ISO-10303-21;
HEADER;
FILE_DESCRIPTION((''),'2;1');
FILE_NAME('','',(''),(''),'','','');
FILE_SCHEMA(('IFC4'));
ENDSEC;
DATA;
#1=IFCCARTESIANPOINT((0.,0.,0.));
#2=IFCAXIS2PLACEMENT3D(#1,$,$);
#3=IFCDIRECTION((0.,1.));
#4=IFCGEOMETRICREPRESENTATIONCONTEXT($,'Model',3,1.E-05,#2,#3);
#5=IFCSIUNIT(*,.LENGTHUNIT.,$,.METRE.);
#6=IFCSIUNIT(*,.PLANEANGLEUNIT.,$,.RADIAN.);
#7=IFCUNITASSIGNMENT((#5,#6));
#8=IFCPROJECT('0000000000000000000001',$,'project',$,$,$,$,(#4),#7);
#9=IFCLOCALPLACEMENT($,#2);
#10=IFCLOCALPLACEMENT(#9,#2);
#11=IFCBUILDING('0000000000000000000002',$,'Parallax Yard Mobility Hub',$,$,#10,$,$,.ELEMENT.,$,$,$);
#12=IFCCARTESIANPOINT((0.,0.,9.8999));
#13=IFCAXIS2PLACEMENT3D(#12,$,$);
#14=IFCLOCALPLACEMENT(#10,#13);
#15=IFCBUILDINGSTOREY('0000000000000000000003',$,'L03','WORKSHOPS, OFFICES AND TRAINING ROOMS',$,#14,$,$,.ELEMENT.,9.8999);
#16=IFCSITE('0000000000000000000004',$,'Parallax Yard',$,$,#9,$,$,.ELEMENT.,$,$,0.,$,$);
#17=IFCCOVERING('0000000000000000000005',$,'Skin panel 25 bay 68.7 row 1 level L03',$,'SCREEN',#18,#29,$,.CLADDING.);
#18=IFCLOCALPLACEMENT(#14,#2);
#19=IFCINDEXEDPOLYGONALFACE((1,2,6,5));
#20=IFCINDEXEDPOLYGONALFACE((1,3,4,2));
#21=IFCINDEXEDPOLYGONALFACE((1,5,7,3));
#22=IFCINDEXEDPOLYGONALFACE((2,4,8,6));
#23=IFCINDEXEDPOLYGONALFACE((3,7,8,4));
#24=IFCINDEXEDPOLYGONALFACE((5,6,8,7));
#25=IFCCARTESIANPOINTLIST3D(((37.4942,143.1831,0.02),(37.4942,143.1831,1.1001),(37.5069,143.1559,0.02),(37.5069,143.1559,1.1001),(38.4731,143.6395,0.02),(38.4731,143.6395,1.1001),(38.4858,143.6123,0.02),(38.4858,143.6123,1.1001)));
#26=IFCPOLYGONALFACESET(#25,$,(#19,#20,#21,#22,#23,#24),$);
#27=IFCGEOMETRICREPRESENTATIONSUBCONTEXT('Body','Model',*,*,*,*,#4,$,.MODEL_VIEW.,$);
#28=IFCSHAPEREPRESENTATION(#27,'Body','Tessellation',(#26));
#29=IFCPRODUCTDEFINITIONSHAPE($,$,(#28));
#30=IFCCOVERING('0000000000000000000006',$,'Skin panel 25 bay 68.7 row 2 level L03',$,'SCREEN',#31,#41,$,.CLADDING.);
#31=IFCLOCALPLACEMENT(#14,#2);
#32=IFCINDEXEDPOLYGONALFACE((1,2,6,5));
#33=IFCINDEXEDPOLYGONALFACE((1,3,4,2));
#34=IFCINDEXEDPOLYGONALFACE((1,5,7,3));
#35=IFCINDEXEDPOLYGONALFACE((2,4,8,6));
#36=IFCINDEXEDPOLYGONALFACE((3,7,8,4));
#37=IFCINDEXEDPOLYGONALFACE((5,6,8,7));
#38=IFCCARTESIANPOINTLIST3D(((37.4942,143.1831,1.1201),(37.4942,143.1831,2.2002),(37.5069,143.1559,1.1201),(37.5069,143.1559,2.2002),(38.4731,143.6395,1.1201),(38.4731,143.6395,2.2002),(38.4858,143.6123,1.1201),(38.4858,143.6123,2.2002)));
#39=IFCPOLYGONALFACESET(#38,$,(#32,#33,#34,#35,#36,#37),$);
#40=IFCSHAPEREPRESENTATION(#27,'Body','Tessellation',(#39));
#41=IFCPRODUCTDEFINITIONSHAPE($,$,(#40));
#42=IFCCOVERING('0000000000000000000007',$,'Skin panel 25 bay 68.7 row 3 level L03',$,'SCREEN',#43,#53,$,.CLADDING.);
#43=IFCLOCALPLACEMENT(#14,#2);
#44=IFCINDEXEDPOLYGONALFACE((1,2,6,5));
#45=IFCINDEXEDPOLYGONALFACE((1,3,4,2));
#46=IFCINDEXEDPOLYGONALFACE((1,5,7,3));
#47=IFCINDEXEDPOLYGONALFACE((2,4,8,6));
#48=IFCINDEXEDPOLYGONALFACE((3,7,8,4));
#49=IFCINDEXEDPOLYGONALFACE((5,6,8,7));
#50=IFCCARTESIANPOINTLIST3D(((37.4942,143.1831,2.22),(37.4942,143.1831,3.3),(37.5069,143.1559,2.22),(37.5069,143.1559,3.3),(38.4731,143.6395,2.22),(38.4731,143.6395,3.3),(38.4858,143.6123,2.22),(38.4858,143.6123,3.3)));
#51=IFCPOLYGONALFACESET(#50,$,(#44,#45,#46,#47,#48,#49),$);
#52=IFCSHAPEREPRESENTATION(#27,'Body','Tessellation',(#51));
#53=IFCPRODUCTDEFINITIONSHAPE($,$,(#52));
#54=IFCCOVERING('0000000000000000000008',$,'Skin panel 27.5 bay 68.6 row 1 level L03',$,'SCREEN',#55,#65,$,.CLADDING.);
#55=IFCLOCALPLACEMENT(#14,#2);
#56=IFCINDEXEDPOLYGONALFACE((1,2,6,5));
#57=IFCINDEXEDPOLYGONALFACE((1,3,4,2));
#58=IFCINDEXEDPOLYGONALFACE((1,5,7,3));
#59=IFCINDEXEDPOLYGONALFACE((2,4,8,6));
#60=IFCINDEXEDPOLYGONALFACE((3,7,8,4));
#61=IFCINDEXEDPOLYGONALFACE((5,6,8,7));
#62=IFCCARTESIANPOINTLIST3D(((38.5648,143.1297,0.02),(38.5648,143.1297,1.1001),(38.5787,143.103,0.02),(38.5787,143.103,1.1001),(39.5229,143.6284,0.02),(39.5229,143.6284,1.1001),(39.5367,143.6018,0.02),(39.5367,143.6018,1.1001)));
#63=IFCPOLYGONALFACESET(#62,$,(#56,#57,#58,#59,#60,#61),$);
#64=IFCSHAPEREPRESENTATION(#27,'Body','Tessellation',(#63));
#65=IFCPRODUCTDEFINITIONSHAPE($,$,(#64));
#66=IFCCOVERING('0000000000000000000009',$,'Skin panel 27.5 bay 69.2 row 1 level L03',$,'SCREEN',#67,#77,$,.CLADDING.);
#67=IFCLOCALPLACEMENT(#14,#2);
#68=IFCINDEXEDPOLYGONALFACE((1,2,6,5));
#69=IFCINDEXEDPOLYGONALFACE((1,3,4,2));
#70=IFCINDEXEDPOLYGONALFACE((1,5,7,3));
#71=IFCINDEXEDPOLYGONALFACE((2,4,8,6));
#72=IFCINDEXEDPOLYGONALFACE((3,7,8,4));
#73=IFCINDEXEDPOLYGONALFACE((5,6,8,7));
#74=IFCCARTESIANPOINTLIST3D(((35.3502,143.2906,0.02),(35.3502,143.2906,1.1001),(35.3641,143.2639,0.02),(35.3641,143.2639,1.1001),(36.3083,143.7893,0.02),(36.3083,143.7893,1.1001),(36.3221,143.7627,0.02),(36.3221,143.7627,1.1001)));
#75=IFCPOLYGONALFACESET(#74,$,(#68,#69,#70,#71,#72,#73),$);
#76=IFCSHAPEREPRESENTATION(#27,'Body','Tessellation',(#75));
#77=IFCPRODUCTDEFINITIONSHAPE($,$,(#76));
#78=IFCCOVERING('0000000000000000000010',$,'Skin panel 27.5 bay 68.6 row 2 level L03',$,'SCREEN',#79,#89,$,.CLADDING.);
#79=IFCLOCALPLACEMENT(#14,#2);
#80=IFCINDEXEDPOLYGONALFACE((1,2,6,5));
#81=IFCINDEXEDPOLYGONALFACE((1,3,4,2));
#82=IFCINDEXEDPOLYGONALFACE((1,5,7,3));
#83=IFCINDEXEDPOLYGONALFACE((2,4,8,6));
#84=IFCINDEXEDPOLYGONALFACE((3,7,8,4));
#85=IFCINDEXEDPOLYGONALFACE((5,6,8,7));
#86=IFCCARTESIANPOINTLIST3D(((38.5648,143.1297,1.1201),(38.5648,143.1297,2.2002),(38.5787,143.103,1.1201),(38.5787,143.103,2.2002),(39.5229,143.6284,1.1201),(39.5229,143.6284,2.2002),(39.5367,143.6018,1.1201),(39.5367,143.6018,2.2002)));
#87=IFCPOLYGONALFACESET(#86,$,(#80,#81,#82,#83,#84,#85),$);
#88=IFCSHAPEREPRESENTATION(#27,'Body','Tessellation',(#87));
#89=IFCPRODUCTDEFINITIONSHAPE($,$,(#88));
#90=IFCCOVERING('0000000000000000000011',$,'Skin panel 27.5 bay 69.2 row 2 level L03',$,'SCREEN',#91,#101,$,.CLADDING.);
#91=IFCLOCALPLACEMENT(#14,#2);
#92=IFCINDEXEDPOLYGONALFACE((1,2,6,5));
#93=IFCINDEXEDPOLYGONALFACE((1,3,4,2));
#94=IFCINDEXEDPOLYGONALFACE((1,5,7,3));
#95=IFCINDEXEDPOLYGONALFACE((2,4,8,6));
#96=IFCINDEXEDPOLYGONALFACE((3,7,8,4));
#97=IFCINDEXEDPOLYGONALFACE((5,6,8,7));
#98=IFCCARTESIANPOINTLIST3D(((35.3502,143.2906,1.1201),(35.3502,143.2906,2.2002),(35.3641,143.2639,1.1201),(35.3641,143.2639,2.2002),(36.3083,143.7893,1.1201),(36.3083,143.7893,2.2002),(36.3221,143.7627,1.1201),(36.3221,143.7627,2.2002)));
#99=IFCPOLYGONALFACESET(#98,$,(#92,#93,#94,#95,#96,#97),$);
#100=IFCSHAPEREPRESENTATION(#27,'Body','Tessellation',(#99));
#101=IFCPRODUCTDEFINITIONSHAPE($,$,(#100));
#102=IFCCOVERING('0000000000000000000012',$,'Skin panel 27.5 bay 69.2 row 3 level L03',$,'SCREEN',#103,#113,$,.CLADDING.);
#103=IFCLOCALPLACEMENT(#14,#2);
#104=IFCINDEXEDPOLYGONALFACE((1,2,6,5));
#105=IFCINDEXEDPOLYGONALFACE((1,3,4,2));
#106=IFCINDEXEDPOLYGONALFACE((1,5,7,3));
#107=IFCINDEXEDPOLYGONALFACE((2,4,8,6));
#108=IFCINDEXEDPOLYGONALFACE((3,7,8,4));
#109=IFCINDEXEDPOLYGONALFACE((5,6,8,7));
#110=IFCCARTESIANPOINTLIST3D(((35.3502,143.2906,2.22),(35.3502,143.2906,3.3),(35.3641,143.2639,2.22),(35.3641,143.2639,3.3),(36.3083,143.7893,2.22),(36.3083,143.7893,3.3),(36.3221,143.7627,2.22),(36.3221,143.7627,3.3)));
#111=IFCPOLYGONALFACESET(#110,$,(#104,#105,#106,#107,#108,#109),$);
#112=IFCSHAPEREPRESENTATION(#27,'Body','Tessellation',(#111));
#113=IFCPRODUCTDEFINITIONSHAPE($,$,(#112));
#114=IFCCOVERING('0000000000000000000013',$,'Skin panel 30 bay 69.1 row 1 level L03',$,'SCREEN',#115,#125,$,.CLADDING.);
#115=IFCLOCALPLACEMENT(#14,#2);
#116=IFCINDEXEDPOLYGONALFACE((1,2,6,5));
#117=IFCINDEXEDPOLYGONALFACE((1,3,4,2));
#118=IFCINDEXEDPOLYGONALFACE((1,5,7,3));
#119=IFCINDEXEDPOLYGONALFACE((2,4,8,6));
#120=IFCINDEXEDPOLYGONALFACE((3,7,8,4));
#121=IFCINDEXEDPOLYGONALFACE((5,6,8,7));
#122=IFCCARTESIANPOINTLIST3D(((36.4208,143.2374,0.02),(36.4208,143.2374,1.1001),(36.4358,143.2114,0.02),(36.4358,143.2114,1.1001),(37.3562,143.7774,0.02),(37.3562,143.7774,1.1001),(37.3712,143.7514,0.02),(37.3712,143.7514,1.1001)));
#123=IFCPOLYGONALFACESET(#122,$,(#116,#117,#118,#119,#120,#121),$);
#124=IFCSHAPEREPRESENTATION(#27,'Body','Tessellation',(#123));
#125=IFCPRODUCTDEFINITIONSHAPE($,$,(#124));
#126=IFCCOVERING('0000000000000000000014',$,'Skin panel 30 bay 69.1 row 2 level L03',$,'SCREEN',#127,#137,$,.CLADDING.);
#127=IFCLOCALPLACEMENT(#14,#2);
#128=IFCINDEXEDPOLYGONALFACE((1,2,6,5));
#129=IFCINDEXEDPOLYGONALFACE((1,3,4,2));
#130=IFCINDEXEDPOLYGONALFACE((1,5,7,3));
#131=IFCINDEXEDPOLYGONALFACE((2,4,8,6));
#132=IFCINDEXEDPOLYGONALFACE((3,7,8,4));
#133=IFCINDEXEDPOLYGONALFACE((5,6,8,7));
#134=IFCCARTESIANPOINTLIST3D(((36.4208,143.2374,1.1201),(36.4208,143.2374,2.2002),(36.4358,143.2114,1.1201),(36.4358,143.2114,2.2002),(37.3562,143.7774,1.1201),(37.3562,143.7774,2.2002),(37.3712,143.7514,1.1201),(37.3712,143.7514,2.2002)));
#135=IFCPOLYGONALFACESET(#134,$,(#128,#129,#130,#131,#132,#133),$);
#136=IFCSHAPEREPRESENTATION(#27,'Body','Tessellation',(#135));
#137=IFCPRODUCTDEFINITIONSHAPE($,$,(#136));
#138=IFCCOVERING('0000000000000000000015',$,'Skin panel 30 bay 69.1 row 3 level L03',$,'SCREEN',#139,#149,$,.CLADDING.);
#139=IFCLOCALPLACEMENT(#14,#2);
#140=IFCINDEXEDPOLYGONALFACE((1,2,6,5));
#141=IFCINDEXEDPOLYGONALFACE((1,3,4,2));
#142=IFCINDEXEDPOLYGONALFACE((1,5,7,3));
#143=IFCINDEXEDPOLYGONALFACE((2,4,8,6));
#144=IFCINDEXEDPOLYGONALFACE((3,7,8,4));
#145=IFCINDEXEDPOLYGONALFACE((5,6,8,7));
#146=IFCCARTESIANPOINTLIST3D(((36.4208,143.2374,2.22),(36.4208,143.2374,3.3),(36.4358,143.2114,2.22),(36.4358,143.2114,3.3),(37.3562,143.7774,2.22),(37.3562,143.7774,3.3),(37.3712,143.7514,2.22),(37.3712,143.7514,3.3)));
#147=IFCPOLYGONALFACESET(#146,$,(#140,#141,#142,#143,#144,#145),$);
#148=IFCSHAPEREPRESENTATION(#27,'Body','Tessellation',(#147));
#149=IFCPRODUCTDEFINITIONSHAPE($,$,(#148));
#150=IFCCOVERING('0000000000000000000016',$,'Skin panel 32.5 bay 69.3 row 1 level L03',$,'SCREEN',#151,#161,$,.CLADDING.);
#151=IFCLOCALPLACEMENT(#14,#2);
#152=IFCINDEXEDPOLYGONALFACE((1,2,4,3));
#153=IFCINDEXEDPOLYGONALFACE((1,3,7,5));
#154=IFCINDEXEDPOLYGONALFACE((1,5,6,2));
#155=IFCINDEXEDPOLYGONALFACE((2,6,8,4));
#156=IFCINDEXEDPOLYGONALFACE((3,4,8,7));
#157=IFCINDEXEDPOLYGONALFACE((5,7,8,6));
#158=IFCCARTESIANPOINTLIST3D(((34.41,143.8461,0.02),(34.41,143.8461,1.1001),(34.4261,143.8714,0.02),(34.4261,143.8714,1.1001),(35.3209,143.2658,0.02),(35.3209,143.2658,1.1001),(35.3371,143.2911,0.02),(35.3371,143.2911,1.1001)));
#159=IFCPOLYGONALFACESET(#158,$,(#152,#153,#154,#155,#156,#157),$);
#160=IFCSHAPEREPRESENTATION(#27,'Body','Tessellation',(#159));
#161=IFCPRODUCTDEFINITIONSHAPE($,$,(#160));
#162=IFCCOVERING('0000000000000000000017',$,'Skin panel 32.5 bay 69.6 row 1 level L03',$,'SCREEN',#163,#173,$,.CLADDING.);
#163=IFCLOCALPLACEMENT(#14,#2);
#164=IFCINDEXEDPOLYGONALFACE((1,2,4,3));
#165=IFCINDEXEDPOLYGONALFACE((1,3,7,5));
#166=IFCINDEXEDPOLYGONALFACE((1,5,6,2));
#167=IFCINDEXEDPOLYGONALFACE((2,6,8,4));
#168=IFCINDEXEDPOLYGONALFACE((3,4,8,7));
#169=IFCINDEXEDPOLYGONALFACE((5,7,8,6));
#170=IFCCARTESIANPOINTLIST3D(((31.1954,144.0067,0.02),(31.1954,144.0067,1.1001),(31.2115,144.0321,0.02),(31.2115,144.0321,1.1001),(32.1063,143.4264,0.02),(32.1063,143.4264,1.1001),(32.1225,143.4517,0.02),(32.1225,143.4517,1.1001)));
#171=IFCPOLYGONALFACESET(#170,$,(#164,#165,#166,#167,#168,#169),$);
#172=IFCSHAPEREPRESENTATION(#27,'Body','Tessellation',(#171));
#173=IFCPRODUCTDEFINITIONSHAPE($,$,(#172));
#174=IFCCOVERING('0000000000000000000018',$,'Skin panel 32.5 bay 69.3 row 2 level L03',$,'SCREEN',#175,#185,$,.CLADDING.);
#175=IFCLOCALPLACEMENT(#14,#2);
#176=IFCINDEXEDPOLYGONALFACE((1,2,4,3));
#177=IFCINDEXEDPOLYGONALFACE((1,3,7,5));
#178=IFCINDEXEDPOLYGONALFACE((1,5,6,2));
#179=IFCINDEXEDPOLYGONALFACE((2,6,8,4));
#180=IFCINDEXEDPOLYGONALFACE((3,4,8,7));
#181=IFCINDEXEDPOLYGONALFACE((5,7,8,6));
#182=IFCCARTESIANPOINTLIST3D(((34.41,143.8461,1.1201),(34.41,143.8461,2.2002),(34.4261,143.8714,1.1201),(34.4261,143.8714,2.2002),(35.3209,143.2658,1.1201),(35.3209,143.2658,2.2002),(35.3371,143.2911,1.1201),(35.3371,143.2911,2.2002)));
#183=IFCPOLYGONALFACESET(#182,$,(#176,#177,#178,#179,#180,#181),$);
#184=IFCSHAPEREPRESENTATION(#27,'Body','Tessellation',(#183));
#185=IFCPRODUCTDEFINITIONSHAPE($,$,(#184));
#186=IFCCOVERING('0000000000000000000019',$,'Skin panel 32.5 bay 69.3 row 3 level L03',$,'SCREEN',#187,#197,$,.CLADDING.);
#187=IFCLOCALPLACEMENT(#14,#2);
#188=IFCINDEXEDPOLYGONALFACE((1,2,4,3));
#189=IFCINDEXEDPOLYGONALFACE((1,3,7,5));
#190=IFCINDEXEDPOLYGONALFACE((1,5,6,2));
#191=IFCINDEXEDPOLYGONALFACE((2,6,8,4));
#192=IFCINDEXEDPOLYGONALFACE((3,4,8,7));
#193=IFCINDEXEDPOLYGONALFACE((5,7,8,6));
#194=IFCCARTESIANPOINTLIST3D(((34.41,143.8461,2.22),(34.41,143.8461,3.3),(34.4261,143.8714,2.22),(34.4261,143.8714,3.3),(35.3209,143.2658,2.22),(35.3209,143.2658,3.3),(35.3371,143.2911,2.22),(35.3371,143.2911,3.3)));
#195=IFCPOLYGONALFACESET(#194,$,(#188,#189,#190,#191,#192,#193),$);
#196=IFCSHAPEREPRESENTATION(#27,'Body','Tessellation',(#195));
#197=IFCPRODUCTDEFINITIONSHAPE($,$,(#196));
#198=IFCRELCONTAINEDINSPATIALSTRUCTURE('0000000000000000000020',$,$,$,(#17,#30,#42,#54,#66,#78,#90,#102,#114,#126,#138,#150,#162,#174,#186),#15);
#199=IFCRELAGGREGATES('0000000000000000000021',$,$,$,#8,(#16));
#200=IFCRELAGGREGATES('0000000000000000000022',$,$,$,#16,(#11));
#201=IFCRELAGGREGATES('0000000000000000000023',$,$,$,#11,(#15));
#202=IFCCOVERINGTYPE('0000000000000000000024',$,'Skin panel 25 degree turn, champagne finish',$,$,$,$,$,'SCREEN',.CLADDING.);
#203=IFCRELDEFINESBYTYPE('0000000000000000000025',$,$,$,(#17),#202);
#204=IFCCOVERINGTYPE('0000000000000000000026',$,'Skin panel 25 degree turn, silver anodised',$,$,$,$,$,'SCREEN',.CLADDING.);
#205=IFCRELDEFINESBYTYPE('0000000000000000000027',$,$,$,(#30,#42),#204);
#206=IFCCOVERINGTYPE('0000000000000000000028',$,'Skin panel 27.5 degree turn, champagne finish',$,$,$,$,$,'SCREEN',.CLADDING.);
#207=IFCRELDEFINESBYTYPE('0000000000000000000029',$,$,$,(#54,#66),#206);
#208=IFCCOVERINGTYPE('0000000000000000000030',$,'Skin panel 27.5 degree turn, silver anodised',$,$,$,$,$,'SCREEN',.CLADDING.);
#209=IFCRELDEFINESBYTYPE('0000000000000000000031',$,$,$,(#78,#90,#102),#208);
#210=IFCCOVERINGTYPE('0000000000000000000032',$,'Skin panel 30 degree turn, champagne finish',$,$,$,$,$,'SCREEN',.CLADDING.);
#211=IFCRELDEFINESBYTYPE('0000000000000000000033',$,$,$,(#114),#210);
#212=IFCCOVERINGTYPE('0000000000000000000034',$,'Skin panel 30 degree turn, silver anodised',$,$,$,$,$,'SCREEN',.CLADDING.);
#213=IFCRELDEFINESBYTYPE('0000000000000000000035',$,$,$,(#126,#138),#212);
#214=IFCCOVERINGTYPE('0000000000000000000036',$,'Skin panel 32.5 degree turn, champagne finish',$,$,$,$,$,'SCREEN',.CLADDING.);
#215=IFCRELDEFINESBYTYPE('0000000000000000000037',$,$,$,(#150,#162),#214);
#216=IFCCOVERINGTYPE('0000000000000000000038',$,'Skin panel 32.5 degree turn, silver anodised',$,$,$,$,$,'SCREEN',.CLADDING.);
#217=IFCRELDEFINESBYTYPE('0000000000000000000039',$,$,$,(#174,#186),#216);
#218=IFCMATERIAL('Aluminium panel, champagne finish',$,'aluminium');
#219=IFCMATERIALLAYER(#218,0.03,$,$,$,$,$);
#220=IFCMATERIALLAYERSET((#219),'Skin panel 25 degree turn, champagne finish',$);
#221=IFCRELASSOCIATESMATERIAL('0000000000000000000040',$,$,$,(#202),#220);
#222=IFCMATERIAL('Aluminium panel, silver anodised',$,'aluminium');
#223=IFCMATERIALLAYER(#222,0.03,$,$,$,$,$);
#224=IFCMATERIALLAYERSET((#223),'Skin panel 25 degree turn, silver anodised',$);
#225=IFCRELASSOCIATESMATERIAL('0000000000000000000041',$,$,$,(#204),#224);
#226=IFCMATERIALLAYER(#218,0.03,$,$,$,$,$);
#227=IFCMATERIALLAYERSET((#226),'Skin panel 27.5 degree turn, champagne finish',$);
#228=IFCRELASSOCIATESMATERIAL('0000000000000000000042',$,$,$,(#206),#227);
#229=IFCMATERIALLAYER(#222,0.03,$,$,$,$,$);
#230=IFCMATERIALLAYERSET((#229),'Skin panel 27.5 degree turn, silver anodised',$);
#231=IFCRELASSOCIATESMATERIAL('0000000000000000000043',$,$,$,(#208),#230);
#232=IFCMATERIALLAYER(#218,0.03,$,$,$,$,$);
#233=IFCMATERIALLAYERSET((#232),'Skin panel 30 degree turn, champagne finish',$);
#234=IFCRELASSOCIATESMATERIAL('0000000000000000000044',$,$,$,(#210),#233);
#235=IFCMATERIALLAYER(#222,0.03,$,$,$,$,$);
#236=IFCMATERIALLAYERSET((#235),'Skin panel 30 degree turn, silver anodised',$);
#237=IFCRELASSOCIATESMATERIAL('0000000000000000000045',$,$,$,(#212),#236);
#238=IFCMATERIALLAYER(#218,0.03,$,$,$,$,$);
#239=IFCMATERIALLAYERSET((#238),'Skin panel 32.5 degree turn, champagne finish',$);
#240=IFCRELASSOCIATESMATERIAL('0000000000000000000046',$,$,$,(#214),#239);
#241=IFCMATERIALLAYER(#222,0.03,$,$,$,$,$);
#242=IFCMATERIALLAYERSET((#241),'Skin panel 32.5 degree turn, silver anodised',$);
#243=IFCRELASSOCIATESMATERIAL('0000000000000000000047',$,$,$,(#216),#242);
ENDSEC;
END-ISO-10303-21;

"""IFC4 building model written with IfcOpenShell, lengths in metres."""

from ifc_helpers import new_model, si_unit, direction, frame, origin, origin_2d, place, context, subcontext, project, spatial, rectangle, extrude, material, layer, layer_set, type_object, element, save


model = new_model("IFC4")

# Units and contexts
model_context = context("Model", 3, precision=1e-05, world=origin(), true_north=direction((0.0, 1.0)))
body_context = subcontext(model_context, "Body", "Model", "MODEL_VIEW")
ifc_project = project(units=[si_unit("LENGTHUNIT", "METRE"), si_unit("PLANEANGLEUNIT", "RADIAN")], contexts=[model_context])

# Site, building, storey
site_placement = place(None, origin())
site = spatial("IfcSite", under=ifc_project, at=site_placement, Name="Parallax Yard", CompositionType="ELEMENT", RefElevation=0.0)
building_placement = place(site_placement, origin())
building = spatial("IfcBuilding", under=site, at=building_placement, Name="Parallax Yard Mobility Hub", CompositionType="ELEMENT")
storey_placement = place(building_placement, frame((0.0, 0.0, 9.8999)))
storey = spatial("IfcBuildingStorey", under=building, at=storey_placement, Name="L03", Description="WORKSHOPS, OFFICES AND TRAINING ROOMS", CompositionType="ELEMENT", Elevation=9.8999)

# Coverings
ifc_material_1 = material(Name="Aluminium panel, champagne finish", Category="aluminium")
ifc_layer_1 = layer(ifc_material_1, 0.03)
ifc_layer_set_1 = layer_set([ifc_layer_1], Name="Skin panel 25 degree turn, champagne finish")
covering_type_1 = type_object("IfcCoveringType", Name="Skin panel 25 degree turn, champagne finish", ElementType="SCREEN", PredefinedType="CLADDING", material=ifc_layer_set_1)
covering_1_placement = place(storey_placement, frame((37.99, 143.3977, 0.02), z_axis=(0.0, 0.0, 1.0), x_axis=(0.906308, 0.422618, 0.0)))
element("IfcCovering", 1, at=covering_1_placement, inside=storey, type_object=covering_type_1, Name="Skin panel 25 bay 68.7 row 1 level L03", ObjectType="SCREEN", PredefinedType="CLADDING", context=body_context, shape_type="SweptSolid", body=[
    extrude(rectangle(XDim=1.0801, YDim=0.03, at=origin_2d()), origin(), (0.0, 0.0, 1.0), 1.0801),
])
ifc_material_2 = material(Name="Aluminium panel, silver anodised", Category="aluminium")
ifc_layer_2 = layer(ifc_material_2, 0.03)
ifc_layer_set_2 = layer_set([ifc_layer_2], Name="Skin panel 25 degree turn, silver anodised")
covering_type_2 = type_object("IfcCoveringType", Name="Skin panel 25 degree turn, silver anodised", ElementType="SCREEN", PredefinedType="CLADDING", material=ifc_layer_set_2)
for number, where, z_axis, x_axis, name in (
    (2, (37.99, 143.3977, 1.1201), (0.0, 0.0, 1.0), (0.906308, 0.422618, 0.0), "Skin panel 25 bay 68.7 row 2 level L03"),
    (3, (37.99, 143.3977, 2.22), (0.0, 0.0, 1.0), (0.906308, 0.422618, 0.0), "Skin panel 25 bay 68.7 row 3 level L03"),
):
    element("IfcCovering", number, at=place(storey_placement, frame(where, z_axis=z_axis, x_axis=x_axis)), inside=storey, type_object=covering_type_2, Name=name, ObjectType="SCREEN", PredefinedType="CLADDING", context=body_context, shape_type="SweptSolid", body=[
        extrude(rectangle(XDim=1.0801, YDim=0.03, at=origin_2d()), origin(), (0.0, 0.0, 1.0), 1.0801),
    ])
ifc_layer_3 = layer(ifc_material_1, 0.03)
ifc_layer_set_3 = layer_set([ifc_layer_3], Name="Skin panel 27.5 degree turn, champagne finish")
covering_type_3 = type_object("IfcCoveringType", Name="Skin panel 27.5 degree turn, champagne finish", ElementType="SCREEN", PredefinedType="CLADDING", material=ifc_layer_set_3)
for number, where, z_axis, x_axis, name in (
    (4, (39.0508, 143.3657, 0.02), (0.0, 0.0, 1.0), (0.887011, 0.461749, 0.0), "Skin panel 27.5 bay 68.6 row 1 level L03"),
    (5, (35.8362, 143.5266, 0.02), (0.0, 0.0, 1.0), (0.887011, 0.461749, 0.0), "Skin panel 27.5 bay 69.2 row 1 level L03"),
):
    element("IfcCovering", number, at=place(storey_placement, frame(where, z_axis=z_axis, x_axis=x_axis)), inside=storey, type_object=covering_type_3, Name=name, ObjectType="SCREEN", PredefinedType="CLADDING", context=body_context, shape_type="SweptSolid", body=[
        extrude(rectangle(XDim=1.0801, YDim=0.03, at=origin_2d()), origin(), (0.0, 0.0, 1.0), 1.0801),
    ])
ifc_layer_4 = layer(ifc_material_2, 0.03)
ifc_layer_set_4 = layer_set([ifc_layer_4], Name="Skin panel 27.5 degree turn, silver anodised")
covering_type_4 = type_object("IfcCoveringType", Name="Skin panel 27.5 degree turn, silver anodised", ElementType="SCREEN", PredefinedType="CLADDING", material=ifc_layer_set_4)
for number, where, z_axis, x_axis, name in (
    (6, (39.0508, 143.3657, 1.1201), (0.0, 0.0, 1.0), (0.887011, 0.461749, 0.0), "Skin panel 27.5 bay 68.6 row 2 level L03"),
    (7, (35.8362, 143.5266, 1.1201), (0.0, 0.0, 1.0), (0.887011, 0.461749, 0.0), "Skin panel 27.5 bay 69.2 row 2 level L03"),
    (8, (35.8362, 143.5266, 2.22), (0.0, 0.0, 1.0), (0.887011, 0.461749, 0.0), "Skin panel 27.5 bay 69.2 row 3 level L03"),
):
    element("IfcCovering", number, at=place(storey_placement, frame(where, z_axis=z_axis, x_axis=x_axis)), inside=storey, type_object=covering_type_4, Name=name, ObjectType="SCREEN", PredefinedType="CLADDING", context=body_context, shape_type="SweptSolid", body=[
        extrude(rectangle(XDim=1.0801, YDim=0.03, at=origin_2d()), origin(), (0.0, 0.0, 1.0), 1.0801),
    ])
ifc_layer_5 = layer(ifc_material_1, 0.03)
ifc_layer_set_5 = layer_set([ifc_layer_5], Name="Skin panel 30 degree turn, champagne finish")
covering_type_5 = type_object("IfcCoveringType", Name="Skin panel 30 degree turn, champagne finish", ElementType="SCREEN", PredefinedType="CLADDING", material=ifc_layer_set_5)
covering_2_placement = place(storey_placement, frame((36.896, 143.4944, 0.02), z_axis=(0.0, 0.0, 1.0), x_axis=(0.866025, 0.5, 0.0)))
element("IfcCovering", 9, at=covering_2_placement, inside=storey, type_object=covering_type_5, Name="Skin panel 30 bay 69.1 row 1 level L03", ObjectType="SCREEN", PredefinedType="CLADDING", context=body_context, shape_type="SweptSolid", body=[
    extrude(rectangle(XDim=1.0801, YDim=0.03, at=origin_2d()), origin(), (0.0, 0.0, 1.0), 1.0801),
])
ifc_layer_6 = layer(ifc_material_2, 0.03)
ifc_layer_set_6 = layer_set([ifc_layer_6], Name="Skin panel 30 degree turn, silver anodised")
covering_type_6 = type_object("IfcCoveringType", Name="Skin panel 30 degree turn, silver anodised", ElementType="SCREEN", PredefinedType="CLADDING", material=ifc_layer_set_6)
for number, where, z_axis, x_axis, name in (
    (10, (36.896, 143.4944, 1.1201), (0.0, 0.0, 1.0), (0.866025, 0.5, 0.0), "Skin panel 30 bay 69.1 row 2 level L03"),
    (11, (36.896, 143.4944, 2.22), (0.0, 0.0, 1.0), (0.866025, 0.5, 0.0), "Skin panel 30 bay 69.1 row 3 level L03"),
):
    element("IfcCovering", number, at=place(storey_placement, frame(where, z_axis=z_axis, x_axis=x_axis)), inside=storey, type_object=covering_type_6, Name=name, ObjectType="SCREEN", PredefinedType="CLADDING", context=body_context, shape_type="SweptSolid", body=[
        extrude(rectangle(XDim=1.0801, YDim=0.03, at=origin_2d()), origin(), (0.0, 0.0, 1.0), 1.0801),
    ])
ifc_layer_7 = layer(ifc_material_1, 0.03)
ifc_layer_set_7 = layer_set([ifc_layer_7], Name="Skin panel 32.5 degree turn, champagne finish")
covering_type_7 = type_object("IfcCoveringType", Name="Skin panel 32.5 degree turn, champagne finish", ElementType="SCREEN", PredefinedType="CLADDING", material=ifc_layer_set_7)
for number, where, z_axis, x_axis, name in (
    (12, (34.8735, 143.5686, 0.02), (0.0, 0.0, 1.0), (-0.843391, 0.5373, 0.0), "Skin panel 32.5 bay 69.3 row 1 level L03"),
    (13, (31.6589, 143.7292, 0.02), (0.0, 0.0, 1.0), (-0.843391, 0.5373, 0.0), "Skin panel 32.5 bay 69.6 row 1 level L03"),
):
    element("IfcCovering", number, at=place(storey_placement, frame(where, z_axis=z_axis, x_axis=x_axis)), inside=storey, type_object=covering_type_7, Name=name, ObjectType="SCREEN", PredefinedType="CLADDING", context=body_context, shape_type="SweptSolid", body=[
        extrude(rectangle(XDim=1.0801, YDim=0.03, at=origin_2d()), origin(), (0.0, 0.0, 1.0), 1.0801),
    ])
ifc_layer_8 = layer(ifc_material_2, 0.03)
ifc_layer_set_8 = layer_set([ifc_layer_8], Name="Skin panel 32.5 degree turn, silver anodised")
covering_type_8 = type_object("IfcCoveringType", Name="Skin panel 32.5 degree turn, silver anodised", ElementType="SCREEN", PredefinedType="CLADDING", material=ifc_layer_set_8)
for number, where, z_axis, x_axis, name in (
    (14, (34.8735, 143.5686, 1.1201), (0.0, 0.0, 1.0), (-0.843391, 0.5373, 0.0), "Skin panel 32.5 bay 69.3 row 2 level L03"),
    (15, (34.8735, 143.5686, 2.22), (0.0, 0.0, 1.0), (-0.843391, 0.5373, 0.0), "Skin panel 32.5 bay 69.3 row 3 level L03"),
):
    element("IfcCovering", number, at=place(storey_placement, frame(where, z_axis=z_axis, x_axis=x_axis)), inside=storey, type_object=covering_type_8, Name=name, ObjectType="SCREEN", PredefinedType="CLADDING", context=body_context, shape_type="SweptSolid", body=[
        extrude(rectangle(XDim=1.0801, YDim=0.03, at=origin_2d()), origin(), (0.0, 0.0, 1.0), 1.0801),
    ])

save(model, "model.ifc")
